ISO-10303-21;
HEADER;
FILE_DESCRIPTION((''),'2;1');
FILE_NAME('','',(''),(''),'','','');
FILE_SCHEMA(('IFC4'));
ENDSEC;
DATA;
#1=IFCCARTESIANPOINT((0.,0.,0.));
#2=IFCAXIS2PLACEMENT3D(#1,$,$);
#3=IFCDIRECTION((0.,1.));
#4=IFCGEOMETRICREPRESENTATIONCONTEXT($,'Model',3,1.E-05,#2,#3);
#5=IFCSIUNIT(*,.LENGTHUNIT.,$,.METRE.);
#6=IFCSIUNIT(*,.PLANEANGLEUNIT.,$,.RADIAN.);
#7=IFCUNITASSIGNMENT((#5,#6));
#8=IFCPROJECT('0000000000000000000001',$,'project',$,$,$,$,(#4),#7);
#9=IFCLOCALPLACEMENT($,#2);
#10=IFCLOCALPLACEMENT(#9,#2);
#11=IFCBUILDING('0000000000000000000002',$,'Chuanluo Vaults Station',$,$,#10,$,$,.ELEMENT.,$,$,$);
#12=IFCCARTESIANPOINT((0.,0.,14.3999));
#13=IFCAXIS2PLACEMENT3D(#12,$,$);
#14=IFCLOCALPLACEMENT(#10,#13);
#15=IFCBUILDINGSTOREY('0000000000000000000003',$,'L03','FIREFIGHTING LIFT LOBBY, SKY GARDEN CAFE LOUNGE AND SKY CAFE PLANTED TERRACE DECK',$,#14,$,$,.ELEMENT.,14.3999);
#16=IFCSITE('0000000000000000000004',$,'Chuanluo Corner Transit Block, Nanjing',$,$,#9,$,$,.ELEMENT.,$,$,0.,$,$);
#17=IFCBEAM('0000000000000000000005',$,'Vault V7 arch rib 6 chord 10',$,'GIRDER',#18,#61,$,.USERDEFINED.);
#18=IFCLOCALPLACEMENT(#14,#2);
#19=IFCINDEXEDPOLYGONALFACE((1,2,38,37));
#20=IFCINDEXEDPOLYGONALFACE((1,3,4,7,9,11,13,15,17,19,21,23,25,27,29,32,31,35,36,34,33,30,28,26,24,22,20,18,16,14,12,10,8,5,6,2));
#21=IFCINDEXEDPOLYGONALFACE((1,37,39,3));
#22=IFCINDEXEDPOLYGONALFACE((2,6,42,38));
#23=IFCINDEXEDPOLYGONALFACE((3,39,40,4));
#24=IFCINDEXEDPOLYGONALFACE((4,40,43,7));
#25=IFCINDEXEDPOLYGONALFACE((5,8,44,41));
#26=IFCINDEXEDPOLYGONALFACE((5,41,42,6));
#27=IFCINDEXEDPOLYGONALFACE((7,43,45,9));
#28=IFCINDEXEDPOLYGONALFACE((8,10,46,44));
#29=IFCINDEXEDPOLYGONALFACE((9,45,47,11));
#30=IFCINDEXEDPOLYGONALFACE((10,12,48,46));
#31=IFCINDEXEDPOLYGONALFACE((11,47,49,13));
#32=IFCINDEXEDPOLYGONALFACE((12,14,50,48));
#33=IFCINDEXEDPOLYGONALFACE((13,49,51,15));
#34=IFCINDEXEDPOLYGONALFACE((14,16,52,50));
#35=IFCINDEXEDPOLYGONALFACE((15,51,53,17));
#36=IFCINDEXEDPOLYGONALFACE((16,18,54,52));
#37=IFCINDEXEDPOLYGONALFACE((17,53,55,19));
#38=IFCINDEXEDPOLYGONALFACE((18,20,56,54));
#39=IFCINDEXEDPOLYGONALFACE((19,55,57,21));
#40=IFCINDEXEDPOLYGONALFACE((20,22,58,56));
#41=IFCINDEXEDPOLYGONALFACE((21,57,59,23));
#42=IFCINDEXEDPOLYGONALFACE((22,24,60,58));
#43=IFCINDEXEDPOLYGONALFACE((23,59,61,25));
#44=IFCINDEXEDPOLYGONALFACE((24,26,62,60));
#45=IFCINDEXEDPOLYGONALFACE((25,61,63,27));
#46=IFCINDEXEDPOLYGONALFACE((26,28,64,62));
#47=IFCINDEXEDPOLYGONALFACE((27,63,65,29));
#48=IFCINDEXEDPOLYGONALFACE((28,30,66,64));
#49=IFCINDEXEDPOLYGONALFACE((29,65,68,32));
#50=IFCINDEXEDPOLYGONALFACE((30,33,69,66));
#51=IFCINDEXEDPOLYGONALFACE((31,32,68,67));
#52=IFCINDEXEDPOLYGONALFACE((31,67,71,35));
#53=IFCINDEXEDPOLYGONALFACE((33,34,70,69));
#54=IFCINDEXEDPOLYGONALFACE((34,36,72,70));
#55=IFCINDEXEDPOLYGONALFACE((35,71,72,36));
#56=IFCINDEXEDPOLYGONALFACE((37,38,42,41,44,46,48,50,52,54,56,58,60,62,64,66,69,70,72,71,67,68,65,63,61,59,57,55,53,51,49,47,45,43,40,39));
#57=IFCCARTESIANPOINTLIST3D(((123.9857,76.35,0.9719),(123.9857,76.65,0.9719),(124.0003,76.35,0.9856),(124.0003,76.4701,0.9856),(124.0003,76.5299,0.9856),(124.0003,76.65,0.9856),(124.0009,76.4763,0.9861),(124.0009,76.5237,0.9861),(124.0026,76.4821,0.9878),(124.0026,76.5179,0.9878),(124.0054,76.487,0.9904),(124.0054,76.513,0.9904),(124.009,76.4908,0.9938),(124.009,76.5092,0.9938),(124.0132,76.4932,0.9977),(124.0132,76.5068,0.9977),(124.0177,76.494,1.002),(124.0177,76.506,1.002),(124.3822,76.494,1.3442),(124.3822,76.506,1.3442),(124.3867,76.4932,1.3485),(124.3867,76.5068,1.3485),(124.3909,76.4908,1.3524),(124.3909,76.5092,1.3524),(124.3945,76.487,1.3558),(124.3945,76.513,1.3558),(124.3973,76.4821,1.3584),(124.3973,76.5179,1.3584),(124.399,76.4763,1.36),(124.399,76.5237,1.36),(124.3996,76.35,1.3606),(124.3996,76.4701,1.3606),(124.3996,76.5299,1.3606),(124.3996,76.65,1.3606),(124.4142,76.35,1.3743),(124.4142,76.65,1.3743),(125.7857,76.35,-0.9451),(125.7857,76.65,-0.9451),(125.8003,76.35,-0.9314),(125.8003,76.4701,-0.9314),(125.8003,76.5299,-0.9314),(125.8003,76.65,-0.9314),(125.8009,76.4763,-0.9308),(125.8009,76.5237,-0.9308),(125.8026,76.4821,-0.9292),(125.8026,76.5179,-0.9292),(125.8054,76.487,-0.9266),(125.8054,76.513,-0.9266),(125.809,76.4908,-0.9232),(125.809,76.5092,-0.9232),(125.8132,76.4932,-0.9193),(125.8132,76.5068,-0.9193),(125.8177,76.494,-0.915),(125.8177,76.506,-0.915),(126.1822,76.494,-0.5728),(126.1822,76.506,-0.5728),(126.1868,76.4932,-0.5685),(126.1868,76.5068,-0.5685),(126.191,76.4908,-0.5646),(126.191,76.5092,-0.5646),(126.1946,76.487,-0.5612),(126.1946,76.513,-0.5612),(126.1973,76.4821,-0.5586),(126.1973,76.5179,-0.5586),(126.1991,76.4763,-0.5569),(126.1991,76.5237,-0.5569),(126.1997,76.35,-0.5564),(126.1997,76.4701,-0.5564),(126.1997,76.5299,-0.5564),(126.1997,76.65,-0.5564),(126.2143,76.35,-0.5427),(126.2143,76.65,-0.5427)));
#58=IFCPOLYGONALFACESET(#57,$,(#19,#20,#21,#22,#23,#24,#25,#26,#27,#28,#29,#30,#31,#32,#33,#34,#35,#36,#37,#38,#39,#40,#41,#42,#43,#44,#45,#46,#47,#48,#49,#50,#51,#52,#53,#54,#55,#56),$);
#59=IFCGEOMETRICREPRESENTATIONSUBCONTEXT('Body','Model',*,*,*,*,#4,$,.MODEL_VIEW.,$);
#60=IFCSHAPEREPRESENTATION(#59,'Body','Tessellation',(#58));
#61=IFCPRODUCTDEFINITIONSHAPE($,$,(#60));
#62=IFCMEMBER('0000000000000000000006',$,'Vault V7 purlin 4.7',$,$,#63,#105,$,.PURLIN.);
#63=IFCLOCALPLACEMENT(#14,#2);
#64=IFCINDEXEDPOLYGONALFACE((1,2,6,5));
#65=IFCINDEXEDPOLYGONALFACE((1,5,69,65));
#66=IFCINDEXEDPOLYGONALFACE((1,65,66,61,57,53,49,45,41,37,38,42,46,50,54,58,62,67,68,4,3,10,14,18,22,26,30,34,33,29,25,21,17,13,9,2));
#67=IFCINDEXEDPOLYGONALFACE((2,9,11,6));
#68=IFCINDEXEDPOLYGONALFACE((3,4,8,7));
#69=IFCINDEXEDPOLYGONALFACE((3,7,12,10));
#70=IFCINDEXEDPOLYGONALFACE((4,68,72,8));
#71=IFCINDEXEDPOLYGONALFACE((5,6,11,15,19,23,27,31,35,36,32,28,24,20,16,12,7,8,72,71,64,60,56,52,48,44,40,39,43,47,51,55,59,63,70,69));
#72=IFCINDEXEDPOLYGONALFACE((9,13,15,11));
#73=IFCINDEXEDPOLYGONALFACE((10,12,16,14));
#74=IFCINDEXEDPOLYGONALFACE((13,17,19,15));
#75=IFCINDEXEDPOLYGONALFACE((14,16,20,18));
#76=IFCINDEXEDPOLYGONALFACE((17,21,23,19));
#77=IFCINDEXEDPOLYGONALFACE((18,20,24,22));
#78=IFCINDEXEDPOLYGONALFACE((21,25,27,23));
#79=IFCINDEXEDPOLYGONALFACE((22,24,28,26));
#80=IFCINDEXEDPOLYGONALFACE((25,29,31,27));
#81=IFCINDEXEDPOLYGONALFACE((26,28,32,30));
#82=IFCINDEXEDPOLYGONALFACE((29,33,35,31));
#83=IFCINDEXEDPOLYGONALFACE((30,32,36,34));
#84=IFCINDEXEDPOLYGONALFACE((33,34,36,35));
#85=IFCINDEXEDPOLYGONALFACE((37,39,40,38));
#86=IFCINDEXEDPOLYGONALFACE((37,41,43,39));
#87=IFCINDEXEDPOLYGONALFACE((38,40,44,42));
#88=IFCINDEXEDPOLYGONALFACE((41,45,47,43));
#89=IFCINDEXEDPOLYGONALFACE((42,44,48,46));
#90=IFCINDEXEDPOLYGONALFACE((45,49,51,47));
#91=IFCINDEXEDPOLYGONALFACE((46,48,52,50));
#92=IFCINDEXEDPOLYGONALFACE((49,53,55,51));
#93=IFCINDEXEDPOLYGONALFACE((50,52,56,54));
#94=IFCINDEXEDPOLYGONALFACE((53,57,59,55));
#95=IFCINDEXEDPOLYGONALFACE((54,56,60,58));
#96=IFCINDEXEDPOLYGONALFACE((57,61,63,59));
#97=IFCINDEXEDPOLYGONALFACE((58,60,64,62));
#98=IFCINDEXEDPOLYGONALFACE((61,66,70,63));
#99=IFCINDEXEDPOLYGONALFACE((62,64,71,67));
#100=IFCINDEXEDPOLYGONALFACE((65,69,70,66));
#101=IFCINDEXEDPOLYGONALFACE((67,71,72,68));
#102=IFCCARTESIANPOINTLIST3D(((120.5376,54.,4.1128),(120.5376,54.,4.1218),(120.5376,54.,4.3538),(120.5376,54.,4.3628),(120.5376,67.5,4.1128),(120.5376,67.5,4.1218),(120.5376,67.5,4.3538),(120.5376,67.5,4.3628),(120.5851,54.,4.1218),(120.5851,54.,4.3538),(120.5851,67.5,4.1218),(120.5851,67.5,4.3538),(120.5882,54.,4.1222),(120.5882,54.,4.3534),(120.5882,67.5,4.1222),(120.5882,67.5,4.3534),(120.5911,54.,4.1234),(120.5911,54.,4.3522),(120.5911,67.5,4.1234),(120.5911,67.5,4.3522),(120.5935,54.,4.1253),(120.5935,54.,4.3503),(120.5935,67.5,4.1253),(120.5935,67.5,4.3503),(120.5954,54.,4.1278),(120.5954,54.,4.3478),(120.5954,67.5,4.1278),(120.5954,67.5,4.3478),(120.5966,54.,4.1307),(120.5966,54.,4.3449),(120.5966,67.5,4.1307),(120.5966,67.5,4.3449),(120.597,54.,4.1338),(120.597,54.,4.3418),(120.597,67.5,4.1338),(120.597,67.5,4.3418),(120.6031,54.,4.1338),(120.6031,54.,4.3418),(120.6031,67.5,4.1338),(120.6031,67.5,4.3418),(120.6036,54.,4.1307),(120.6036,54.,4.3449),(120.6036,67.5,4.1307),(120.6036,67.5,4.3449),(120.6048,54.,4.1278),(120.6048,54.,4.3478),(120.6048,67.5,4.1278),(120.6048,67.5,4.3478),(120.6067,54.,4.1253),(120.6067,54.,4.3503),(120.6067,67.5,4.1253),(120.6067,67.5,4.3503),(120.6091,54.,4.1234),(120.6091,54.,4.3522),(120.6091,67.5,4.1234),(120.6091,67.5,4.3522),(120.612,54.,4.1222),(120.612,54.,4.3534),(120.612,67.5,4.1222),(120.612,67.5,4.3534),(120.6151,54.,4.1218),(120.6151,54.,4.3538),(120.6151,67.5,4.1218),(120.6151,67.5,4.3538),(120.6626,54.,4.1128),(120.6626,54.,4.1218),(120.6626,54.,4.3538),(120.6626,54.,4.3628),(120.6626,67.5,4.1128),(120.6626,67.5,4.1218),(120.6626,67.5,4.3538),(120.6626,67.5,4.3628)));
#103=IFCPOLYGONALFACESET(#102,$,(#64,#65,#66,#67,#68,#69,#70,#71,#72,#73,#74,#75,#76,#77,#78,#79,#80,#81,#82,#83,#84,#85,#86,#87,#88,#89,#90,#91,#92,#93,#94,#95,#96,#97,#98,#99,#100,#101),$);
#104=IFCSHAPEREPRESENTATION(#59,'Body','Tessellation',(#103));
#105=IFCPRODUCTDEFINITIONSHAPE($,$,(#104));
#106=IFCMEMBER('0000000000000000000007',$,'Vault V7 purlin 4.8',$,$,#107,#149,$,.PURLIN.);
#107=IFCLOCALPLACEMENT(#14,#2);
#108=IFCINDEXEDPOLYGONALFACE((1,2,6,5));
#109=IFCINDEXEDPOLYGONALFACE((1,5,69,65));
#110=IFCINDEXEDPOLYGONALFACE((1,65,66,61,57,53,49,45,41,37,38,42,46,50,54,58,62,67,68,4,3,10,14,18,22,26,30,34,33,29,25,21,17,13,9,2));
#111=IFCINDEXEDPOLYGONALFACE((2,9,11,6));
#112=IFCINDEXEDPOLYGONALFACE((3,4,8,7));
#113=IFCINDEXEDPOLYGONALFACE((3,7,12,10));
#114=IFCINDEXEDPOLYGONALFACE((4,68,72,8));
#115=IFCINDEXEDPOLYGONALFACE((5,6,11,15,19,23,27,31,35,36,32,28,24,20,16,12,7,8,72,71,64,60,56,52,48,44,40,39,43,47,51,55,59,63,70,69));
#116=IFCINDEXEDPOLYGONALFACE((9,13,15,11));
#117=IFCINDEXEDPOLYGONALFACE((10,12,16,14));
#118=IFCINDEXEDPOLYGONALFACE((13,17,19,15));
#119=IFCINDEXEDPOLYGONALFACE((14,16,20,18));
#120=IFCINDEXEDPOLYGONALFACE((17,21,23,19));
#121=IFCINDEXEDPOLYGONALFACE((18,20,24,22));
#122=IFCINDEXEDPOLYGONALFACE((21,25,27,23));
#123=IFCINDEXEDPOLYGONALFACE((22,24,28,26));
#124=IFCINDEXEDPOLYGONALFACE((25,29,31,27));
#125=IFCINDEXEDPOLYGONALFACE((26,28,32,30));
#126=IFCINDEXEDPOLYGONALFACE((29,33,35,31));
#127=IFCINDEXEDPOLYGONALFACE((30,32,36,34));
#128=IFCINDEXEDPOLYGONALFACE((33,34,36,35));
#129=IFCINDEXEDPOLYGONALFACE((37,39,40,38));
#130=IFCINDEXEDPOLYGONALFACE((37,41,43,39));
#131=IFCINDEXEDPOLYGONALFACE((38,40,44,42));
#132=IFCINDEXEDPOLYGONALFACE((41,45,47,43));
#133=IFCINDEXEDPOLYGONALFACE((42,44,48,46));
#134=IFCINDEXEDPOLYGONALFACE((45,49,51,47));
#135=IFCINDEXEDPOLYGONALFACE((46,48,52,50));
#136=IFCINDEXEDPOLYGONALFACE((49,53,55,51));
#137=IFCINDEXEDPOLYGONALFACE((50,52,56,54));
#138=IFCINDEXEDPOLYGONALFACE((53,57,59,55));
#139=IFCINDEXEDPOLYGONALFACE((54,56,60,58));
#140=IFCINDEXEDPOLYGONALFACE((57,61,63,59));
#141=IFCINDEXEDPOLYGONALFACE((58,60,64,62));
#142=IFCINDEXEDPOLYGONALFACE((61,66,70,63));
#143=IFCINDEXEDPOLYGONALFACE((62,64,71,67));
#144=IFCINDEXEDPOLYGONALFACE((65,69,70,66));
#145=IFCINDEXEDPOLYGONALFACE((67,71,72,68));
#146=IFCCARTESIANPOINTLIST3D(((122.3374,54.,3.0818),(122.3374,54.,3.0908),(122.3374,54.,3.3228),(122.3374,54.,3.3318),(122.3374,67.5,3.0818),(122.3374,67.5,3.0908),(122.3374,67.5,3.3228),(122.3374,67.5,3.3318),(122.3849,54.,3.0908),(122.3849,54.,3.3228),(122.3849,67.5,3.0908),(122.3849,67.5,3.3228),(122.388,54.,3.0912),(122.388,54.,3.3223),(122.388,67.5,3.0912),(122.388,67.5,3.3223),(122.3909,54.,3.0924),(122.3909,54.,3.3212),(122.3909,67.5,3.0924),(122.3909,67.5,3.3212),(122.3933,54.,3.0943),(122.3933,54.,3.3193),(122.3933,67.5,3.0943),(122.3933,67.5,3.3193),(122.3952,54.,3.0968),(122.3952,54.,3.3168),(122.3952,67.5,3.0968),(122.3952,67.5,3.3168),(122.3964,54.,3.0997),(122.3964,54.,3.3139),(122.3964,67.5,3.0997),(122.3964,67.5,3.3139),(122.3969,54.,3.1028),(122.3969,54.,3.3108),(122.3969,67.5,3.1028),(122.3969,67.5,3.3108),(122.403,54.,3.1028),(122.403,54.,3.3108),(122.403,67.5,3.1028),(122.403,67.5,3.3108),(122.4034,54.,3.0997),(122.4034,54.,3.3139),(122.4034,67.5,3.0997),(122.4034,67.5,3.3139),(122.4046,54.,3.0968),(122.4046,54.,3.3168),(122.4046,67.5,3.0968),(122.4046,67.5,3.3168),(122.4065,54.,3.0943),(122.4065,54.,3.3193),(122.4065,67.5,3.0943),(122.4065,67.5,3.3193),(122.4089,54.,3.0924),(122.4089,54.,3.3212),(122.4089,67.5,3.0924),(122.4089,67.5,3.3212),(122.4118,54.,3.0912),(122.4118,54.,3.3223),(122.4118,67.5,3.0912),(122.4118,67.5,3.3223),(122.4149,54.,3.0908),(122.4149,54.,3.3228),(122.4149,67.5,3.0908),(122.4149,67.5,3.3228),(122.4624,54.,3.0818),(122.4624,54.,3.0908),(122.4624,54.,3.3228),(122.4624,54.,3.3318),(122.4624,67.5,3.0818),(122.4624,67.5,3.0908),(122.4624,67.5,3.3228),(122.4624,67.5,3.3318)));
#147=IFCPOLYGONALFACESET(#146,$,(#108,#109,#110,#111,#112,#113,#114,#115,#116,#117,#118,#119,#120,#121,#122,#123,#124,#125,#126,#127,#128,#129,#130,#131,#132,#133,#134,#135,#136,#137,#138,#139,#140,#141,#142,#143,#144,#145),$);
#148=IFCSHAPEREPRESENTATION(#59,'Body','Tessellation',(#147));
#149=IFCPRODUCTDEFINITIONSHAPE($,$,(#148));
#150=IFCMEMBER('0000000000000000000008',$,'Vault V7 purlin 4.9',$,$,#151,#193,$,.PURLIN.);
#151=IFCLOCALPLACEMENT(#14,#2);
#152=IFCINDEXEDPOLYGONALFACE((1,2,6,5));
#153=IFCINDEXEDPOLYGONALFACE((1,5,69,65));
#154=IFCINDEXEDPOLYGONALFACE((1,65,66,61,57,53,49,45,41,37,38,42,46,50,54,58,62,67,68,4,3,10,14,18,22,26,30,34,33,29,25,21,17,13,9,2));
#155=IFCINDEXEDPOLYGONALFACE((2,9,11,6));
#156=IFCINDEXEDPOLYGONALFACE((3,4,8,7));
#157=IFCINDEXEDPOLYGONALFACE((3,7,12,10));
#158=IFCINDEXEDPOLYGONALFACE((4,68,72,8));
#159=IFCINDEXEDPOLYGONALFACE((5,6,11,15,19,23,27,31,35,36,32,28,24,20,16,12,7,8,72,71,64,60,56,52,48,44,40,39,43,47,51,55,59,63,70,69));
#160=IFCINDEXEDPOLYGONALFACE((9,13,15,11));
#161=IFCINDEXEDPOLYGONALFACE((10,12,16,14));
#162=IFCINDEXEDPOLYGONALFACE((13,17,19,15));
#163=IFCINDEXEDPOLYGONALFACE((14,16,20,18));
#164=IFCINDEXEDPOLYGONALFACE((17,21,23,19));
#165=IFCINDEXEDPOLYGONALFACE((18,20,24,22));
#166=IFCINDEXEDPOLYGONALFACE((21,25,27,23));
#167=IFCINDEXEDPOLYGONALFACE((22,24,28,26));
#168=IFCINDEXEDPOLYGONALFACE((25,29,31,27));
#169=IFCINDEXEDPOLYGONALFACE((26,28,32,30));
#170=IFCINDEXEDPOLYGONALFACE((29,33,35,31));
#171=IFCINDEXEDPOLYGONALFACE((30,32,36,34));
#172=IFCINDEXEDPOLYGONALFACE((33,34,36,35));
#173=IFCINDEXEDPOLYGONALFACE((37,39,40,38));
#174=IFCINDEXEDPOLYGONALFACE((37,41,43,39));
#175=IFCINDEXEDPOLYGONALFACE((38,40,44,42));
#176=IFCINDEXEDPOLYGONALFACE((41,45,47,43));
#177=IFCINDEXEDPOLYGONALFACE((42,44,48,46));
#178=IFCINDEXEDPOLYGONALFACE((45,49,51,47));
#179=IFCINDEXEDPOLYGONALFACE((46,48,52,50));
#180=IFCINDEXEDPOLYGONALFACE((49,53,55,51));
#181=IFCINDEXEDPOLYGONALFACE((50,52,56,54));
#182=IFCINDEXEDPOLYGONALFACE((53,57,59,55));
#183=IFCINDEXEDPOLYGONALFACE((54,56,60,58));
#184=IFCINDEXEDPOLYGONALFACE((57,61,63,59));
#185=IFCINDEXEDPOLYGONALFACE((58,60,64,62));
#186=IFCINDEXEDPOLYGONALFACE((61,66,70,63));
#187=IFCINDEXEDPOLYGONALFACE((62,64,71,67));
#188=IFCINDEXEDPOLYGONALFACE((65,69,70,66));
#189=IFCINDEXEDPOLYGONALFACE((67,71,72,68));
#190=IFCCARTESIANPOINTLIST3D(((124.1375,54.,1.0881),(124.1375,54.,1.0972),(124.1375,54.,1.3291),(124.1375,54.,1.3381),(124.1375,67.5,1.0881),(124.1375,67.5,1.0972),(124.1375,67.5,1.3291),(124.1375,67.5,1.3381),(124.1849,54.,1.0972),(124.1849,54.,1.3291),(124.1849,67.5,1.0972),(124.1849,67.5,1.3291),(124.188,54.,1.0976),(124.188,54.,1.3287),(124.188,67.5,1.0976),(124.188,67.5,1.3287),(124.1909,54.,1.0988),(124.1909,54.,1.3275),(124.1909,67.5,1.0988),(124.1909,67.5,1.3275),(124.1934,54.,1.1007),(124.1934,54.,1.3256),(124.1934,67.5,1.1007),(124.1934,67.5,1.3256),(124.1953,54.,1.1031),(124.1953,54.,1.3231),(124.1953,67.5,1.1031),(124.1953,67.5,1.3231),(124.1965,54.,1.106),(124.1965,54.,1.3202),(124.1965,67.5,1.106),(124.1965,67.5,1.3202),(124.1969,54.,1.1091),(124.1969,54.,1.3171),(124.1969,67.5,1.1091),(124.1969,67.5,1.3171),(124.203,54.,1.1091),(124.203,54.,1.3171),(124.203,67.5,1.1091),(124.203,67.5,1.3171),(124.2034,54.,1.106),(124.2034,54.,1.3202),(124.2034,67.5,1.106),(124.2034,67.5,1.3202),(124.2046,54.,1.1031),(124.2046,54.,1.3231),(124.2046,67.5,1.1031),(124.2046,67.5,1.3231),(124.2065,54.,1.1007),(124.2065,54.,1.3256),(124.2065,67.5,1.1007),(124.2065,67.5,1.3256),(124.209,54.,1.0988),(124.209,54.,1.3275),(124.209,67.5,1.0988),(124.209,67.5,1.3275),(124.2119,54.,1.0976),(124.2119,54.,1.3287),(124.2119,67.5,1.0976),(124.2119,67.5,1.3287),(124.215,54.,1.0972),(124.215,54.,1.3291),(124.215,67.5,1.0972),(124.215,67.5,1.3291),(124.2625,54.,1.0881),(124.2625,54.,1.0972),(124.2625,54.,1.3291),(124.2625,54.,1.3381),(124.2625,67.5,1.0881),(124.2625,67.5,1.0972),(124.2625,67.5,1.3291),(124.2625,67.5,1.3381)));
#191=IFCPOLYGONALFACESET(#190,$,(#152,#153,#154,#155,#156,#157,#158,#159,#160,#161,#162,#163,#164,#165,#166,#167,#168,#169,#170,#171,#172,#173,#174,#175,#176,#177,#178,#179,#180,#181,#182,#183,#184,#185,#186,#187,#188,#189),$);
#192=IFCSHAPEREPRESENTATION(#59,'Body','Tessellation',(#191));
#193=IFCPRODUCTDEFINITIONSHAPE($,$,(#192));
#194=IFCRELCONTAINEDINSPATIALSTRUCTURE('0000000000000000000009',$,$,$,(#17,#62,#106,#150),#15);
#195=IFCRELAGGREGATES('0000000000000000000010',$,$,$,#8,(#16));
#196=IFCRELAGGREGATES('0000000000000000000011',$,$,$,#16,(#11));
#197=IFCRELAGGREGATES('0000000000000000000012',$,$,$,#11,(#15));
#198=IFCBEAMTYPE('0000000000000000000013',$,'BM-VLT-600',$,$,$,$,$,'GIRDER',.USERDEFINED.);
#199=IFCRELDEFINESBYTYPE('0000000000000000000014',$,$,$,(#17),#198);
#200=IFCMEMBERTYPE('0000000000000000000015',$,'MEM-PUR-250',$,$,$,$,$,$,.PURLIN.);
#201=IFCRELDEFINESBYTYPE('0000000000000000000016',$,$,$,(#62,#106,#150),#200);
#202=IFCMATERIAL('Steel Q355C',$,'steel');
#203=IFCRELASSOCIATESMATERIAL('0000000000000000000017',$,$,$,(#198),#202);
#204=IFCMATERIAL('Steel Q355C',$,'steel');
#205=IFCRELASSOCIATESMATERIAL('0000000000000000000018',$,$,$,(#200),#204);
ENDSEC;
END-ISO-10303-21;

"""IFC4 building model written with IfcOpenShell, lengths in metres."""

from ifc_helpers import new_model, si_unit, direction, frame, origin, origin_2d, place, context, subcontext, project, spatial, i_section, extrude, material, material_profile, profile_set, type_object, element, save


model = new_model("IFC4")

# Units and contexts
model_context = context("Model", 3, precision=1e-05, world=origin(), true_north=direction((0.0, 1.0)))
body_context = subcontext(model_context, "Body", "Model", "MODEL_VIEW")
ifc_project = project(units=[si_unit("LENGTHUNIT", "METRE"), si_unit("PLANEANGLEUNIT", "RADIAN")], contexts=[model_context])

# Site, building, storey
site_placement = place(None, origin())
site = spatial("IfcSite", under=ifc_project, at=site_placement, Name="Chuanluo Corner Transit Block, Nanjing", CompositionType="ELEMENT", RefElevation=0.0)
building_placement = place(site_placement, origin())
building = spatial("IfcBuilding", under=site, at=building_placement, Name="Chuanluo Vaults Station", CompositionType="ELEMENT")
storey_placement = place(building_placement, frame((0.0, 0.0, 14.3999)))
storey = spatial("IfcBuildingStorey", under=building, at=storey_placement, Name="L03", Description="FIREFIGHTING LIFT LOBBY, SKY GARDEN CAFE LOUNGE AND SKY CAFE PLANTED TERRACE DECK", CompositionType="ELEMENT", Elevation=14.3999)

# Beam
ifc_material_1 = material(Name="Steel Q355C", Category="steel")
ifc_material_profile_1 = material_profile(ifc_material_1, i_section(OverallWidth=0.3, OverallDepth=0.5879, WebThickness=0.012, FlangeThickness=0.02, FilletRadius=0.0239, at=origin_2d()))
ifc_profile_set_1 = profile_set([ifc_material_profile_1], Name="Steel Q355C")
beam_type = type_object("IfcBeamType", Name="BM-VLT-600", ElementType="GIRDER", PredefinedType="USERDEFINED", material=ifc_profile_set_1)
beam_1_placement = place(storey_placement, frame((124.2, 76.5, 1.1731), z_axis=(0.684522, 0.0, -0.728993), x_axis=(0.0, 1.0, 0.0)))
element("IfcBeam", 1, at=beam_1_placement, inside=storey, type_object=beam_type, Name="Vault V7 arch rib 6 chord 10", ObjectType="GIRDER", PredefinedType="USERDEFINED", context=body_context, shape_type="SweptSolid", body=[
    extrude(i_section(OverallWidth=0.3, OverallDepth=0.5879, WebThickness=0.012, FlangeThickness=0.02, FilletRadius=0.0239, at=origin_2d()), origin(), (0.0, 0.0, 1.0), 2.6296),
])

# Members
ifc_material_2 = material(Name="Steel Q355C", Category="steel")
ifc_material_profile_2 = material_profile(ifc_material_2, i_section(OverallWidth=0.125, OverallDepth=0.25, WebThickness=0.0061, FlangeThickness=0.009, FilletRadius=0.012, at=origin_2d()))
ifc_profile_set_2 = profile_set([ifc_material_profile_2], Name="Steel Q355C")
member_type_1 = type_object("IfcMemberType", Name="MEM-PUR-250", PredefinedType="PURLIN", material=ifc_profile_set_2)
for number, where, z_axis, x_axis, name in (
    (2, (120.6001, 54.0, 4.2378), (0.0, 1.0, 0.0), (-1.0, 0.0, 0.0), "Vault V7 purlin 4.7"),
    (3, (122.3999, 54.0, 3.2068), (0.0, 1.0, 0.0), (-1.0, 0.0, 0.0), "Vault V7 purlin 4.8"),
    (4, (124.2, 54.0, 1.2131), (0.0, 1.0, 0.0), (-1.0, 0.0, 0.0), "Vault V7 purlin 4.9"),
):
    element("IfcMember", number, at=place(storey_placement, frame(where, z_axis=z_axis, x_axis=x_axis)), inside=storey, type_object=member_type_1, Name=name, PredefinedType="PURLIN", context=body_context, shape_type="SweptSolid", body=[
        extrude(i_section(OverallWidth=0.125, OverallDepth=0.25, WebThickness=0.0061, FlangeThickness=0.009, FilletRadius=0.012, at=origin_2d()), origin(), (0.0, 0.0, 1.0), 13.5),
    ])

save(model, "model.ifc")
